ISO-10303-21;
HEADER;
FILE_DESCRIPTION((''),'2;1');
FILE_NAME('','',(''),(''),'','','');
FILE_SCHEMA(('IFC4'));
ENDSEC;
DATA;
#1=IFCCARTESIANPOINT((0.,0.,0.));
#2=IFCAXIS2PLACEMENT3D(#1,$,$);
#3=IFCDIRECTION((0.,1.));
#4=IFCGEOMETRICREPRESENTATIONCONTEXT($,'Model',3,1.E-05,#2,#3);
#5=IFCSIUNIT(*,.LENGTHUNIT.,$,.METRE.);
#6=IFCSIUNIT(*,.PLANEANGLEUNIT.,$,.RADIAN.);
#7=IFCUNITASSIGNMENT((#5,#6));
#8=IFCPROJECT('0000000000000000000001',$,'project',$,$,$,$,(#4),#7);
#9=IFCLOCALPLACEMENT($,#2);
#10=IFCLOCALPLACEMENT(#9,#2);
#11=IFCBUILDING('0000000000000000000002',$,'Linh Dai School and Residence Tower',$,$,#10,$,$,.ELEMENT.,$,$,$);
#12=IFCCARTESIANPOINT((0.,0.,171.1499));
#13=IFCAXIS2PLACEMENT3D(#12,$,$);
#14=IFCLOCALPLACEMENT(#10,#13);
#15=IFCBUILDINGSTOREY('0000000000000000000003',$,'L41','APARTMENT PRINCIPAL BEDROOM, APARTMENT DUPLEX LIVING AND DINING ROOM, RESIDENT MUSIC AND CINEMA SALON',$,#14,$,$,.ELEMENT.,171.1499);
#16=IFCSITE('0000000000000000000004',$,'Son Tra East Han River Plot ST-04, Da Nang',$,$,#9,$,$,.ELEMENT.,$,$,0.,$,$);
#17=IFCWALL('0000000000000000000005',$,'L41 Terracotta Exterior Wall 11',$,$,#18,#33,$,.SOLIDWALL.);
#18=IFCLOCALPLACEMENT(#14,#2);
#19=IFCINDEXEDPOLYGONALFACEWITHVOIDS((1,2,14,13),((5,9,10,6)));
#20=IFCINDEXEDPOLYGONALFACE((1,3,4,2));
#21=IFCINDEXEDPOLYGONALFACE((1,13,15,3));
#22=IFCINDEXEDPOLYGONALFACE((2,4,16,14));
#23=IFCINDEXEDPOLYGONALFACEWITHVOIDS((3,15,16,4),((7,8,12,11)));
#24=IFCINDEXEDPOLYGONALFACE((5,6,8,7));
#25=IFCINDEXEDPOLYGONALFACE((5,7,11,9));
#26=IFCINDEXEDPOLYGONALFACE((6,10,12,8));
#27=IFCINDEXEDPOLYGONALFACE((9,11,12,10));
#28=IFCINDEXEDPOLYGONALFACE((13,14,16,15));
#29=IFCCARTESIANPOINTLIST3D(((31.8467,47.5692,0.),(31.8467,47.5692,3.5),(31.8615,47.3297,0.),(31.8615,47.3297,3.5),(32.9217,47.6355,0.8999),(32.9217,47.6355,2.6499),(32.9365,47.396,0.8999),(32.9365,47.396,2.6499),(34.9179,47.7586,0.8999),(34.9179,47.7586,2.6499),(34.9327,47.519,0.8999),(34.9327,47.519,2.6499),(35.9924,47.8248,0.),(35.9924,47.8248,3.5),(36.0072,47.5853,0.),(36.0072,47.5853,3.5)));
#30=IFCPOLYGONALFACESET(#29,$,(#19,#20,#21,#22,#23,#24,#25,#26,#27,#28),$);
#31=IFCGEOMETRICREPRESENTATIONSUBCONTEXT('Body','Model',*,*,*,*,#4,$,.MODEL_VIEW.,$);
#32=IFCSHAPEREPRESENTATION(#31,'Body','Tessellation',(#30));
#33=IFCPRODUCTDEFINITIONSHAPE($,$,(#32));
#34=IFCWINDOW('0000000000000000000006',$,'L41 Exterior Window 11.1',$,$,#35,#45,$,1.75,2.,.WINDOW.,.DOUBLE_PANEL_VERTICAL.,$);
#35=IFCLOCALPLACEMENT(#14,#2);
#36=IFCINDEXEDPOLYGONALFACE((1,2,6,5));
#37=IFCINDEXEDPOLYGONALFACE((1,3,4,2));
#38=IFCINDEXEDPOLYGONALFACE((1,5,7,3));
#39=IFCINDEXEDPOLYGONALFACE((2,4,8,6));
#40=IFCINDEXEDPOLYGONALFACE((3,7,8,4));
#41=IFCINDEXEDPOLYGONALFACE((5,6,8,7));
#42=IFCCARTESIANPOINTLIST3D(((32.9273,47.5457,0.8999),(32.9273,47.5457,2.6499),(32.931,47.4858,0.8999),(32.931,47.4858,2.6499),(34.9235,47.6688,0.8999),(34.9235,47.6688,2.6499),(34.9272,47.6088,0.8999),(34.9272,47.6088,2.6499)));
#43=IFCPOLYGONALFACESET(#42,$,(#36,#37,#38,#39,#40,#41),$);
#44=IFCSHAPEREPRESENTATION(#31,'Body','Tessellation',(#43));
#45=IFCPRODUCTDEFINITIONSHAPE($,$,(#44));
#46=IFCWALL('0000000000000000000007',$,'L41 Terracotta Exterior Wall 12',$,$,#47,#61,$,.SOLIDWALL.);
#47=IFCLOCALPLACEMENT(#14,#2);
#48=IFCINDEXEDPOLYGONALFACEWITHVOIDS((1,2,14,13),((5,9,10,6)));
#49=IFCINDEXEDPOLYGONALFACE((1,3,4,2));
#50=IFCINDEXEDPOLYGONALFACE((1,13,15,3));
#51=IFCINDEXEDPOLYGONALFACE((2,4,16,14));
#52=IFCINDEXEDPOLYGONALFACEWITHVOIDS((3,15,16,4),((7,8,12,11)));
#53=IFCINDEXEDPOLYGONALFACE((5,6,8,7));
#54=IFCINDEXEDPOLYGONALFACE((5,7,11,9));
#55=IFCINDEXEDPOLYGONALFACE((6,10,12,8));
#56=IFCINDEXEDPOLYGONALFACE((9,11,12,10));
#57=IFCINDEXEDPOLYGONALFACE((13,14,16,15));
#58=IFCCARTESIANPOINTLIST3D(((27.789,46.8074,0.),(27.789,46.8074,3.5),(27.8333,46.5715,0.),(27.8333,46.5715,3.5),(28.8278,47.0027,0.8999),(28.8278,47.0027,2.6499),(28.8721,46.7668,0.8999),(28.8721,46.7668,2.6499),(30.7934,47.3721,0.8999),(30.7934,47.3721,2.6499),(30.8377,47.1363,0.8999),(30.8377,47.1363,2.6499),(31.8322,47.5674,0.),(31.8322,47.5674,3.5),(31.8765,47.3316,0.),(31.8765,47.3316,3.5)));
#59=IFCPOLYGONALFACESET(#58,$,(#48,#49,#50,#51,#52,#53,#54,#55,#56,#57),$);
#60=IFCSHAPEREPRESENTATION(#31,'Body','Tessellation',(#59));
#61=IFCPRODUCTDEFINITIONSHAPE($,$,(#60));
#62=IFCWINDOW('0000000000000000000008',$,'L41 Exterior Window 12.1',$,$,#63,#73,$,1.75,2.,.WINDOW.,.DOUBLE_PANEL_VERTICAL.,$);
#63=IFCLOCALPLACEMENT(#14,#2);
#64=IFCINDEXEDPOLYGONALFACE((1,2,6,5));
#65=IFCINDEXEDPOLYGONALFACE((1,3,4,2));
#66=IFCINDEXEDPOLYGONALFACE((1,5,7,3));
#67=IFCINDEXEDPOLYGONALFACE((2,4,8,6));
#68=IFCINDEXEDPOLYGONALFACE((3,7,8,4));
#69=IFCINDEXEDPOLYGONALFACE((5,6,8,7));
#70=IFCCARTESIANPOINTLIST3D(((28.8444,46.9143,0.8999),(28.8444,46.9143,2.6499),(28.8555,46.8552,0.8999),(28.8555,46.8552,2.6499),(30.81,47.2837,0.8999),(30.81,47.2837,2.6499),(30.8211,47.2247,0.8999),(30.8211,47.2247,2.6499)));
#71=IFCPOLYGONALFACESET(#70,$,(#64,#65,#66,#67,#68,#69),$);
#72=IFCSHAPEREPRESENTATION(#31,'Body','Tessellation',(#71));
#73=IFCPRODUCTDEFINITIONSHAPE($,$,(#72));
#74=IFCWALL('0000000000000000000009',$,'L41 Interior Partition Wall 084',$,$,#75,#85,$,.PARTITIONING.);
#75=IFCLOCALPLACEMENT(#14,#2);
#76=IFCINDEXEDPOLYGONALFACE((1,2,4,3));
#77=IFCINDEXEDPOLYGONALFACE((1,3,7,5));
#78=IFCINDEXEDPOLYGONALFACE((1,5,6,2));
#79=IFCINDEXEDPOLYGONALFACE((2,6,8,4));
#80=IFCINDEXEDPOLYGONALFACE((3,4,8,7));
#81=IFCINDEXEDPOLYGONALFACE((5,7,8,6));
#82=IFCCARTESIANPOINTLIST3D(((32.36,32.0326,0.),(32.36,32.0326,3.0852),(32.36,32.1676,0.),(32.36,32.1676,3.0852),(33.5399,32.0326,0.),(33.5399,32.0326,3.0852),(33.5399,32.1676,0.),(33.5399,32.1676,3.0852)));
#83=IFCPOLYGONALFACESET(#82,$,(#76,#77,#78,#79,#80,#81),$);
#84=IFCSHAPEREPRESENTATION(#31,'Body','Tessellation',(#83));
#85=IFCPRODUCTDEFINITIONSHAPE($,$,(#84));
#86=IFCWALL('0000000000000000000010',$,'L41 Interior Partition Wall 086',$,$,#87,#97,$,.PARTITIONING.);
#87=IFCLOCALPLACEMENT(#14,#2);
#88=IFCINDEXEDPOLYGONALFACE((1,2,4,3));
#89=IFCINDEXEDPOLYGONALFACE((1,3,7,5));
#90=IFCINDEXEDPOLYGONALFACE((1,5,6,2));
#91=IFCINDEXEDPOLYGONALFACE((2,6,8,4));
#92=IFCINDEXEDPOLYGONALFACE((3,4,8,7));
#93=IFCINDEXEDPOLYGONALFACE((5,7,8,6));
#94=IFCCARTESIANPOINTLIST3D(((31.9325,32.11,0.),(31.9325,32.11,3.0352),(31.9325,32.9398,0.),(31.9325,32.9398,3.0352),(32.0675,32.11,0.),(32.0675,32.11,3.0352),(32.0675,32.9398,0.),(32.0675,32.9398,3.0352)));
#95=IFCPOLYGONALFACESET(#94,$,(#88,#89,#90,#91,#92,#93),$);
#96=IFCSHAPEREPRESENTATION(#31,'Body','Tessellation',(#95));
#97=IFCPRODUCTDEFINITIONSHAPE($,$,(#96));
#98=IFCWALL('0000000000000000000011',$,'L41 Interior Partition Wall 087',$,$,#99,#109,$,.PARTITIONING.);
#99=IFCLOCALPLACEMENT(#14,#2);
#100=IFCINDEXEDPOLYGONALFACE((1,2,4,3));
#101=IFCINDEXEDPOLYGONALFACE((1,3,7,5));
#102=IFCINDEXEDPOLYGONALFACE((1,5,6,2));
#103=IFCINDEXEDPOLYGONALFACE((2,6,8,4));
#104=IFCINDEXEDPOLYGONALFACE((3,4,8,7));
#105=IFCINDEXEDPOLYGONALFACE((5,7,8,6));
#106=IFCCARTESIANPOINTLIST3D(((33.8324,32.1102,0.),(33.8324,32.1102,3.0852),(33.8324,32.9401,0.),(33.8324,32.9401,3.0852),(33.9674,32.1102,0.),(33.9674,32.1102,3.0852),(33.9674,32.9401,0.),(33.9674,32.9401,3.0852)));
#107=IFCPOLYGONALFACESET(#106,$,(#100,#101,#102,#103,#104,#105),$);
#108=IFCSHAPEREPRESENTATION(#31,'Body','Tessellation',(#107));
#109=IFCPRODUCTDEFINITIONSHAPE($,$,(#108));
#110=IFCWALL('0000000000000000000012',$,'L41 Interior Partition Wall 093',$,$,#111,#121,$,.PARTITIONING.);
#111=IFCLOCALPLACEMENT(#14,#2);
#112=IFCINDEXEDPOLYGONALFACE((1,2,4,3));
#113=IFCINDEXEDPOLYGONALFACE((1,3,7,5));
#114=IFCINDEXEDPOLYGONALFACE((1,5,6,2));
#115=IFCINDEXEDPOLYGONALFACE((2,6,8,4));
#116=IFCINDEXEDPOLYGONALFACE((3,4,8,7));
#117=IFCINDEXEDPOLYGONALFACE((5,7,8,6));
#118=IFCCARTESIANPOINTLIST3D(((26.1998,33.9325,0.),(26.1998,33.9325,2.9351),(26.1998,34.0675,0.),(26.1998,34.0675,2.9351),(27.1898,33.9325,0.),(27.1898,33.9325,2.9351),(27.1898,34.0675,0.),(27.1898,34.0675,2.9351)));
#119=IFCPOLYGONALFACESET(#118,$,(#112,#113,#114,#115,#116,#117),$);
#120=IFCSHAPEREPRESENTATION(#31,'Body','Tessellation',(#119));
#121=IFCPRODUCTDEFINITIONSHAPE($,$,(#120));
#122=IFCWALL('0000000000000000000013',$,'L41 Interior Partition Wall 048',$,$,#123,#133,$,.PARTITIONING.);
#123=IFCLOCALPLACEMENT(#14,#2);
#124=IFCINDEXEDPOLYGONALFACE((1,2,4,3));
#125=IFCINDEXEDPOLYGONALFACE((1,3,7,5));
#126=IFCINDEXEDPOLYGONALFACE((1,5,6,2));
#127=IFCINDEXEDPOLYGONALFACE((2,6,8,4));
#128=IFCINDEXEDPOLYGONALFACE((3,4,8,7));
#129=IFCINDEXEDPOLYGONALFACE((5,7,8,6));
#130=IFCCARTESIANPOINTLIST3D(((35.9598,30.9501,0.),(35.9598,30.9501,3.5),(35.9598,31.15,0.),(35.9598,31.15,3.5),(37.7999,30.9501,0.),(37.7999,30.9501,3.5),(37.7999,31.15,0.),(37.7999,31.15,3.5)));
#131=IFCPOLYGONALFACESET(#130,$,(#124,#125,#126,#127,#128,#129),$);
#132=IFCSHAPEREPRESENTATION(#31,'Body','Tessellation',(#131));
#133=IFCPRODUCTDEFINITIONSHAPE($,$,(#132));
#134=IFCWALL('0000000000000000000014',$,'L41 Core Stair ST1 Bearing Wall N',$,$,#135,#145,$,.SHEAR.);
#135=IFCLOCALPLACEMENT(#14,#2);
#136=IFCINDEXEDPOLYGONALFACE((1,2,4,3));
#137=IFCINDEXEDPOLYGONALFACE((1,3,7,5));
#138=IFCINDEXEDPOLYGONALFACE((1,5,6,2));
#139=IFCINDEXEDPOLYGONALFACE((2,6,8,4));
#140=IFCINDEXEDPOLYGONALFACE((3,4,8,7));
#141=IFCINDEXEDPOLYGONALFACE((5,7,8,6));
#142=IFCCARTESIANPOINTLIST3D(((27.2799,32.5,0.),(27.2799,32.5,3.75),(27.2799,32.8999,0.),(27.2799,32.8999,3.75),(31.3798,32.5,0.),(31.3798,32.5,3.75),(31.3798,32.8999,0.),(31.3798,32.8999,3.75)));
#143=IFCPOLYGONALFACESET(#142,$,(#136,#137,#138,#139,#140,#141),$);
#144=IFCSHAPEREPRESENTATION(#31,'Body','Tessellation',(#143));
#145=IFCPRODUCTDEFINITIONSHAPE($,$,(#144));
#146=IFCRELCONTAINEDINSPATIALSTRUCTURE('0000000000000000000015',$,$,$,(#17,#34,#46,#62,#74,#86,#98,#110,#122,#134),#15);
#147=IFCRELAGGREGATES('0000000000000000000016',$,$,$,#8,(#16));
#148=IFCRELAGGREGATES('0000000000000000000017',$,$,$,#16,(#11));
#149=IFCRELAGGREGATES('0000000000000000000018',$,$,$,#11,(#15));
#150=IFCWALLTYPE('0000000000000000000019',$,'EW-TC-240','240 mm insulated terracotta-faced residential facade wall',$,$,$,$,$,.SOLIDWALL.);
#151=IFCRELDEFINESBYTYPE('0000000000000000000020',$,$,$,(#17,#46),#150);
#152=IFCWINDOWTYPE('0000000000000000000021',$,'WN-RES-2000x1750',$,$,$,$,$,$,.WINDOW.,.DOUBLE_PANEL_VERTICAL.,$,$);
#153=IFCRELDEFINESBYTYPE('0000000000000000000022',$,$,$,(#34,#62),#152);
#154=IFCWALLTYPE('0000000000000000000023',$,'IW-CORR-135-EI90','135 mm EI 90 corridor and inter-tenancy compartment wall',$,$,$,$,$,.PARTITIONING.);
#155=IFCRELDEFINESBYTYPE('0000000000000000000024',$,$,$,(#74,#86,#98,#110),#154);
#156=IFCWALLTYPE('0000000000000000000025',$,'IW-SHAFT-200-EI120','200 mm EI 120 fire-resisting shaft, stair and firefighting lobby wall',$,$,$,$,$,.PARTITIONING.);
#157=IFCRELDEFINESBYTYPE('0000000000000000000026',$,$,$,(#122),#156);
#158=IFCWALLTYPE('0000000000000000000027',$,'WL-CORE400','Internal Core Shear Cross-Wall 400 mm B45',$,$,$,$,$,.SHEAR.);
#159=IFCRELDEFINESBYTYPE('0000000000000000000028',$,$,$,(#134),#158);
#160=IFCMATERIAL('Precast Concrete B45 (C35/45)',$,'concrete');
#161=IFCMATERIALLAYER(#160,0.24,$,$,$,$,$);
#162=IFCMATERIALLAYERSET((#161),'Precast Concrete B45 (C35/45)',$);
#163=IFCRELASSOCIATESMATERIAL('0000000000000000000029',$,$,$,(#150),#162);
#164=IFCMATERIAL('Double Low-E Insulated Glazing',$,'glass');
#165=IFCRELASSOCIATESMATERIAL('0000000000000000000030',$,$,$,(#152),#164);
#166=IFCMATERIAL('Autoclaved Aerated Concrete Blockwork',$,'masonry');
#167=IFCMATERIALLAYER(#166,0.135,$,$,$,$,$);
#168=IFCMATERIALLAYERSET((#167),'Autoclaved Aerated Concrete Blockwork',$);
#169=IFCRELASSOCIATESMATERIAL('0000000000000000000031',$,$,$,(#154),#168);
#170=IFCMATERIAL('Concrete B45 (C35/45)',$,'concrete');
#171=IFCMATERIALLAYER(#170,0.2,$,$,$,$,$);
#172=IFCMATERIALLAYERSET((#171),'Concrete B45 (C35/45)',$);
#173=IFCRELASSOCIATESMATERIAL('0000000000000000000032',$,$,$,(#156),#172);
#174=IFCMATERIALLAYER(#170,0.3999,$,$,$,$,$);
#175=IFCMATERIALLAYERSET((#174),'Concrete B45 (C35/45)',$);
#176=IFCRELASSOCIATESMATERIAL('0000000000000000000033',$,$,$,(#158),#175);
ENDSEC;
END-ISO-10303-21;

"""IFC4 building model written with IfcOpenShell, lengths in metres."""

from ifc_helpers import new_model, si_unit, direction, frame, frame_2d, origin, origin_2d, place, context, subcontext, project, spatial, rectangle, extrude, source, transform, mapped, material, layer, layer_set, type_object, element, fill, save


model = new_model("IFC4")

# Units and contexts
model_context = context("Model", 3, precision=1e-05, world=origin(), true_north=direction((0.0, 1.0)))
body_context = subcontext(model_context, "Body", "Model", "MODEL_VIEW")
ifc_project = project(units=[si_unit("LENGTHUNIT", "METRE"), si_unit("PLANEANGLEUNIT", "RADIAN")], contexts=[model_context])

# Site, building, storey
site_placement = place(None, origin())
site = spatial("IfcSite", under=ifc_project, at=site_placement, Name="Son Tra East Han River Plot ST-04, Da Nang", CompositionType="ELEMENT", RefElevation=0.0)
building_placement = place(site_placement, origin())
building = spatial("IfcBuilding", under=site, at=building_placement, Name="Linh Dai School and Residence Tower", CompositionType="ELEMENT")
storey_placement = place(building_placement, frame((0.0, 0.0, 171.1499)))
storey = spatial("IfcBuildingStorey", under=building, at=storey_placement, Name="L41", Description="APARTMENT PRINCIPAL BEDROOM, APARTMENT DUPLEX LIVING AND DINING ROOM, RESIDENT MUSIC AND CINEMA SALON", CompositionType="ELEMENT", Elevation=171.1499)

# Walls, openings, windows
ifc_material_1 = material(Name="Precast Concrete B45 (C35/45)", Category="concrete")
ifc_layer_1 = layer(ifc_material_1, 0.24)
ifc_layer_set_1 = layer_set([ifc_layer_1], Name="Precast Concrete B45 (C35/45)")
wall_type_1 = type_object("IfcWallType", Name="EW-TC-240", Description="240 mm insulated terracotta-faced residential facade wall", PredefinedType="SOLIDWALL", material=ifc_layer_set_1)
wall_1_placement = place(storey_placement, frame((31.8542, 47.4495, 0.0), z_axis=(0.0, 0.0, 1.0), x_axis=(0.998105, 0.06154, 0.0)))
wall_1 = element("IfcWall", 1, at=wall_1_placement, inside=storey, type_object=wall_type_1, Name="L41 Terracotta Exterior Wall 11", PredefinedType="SOLIDWALL", context=body_context, shape_type="SweptSolid", body=[
    extrude(rectangle(XDim=4.1536, YDim=0.24, at=frame_2d((2.0767, 0.0))), origin(), (0.0, 0.0, 1.0), 3.5),
])
opening_1_placement = place(wall_1_placement, frame((1.0769, 0.0, 0.8999)))
opening_1 = element("IfcOpeningElement", 2, at=opening_1_placement, cuts=wall_1, PredefinedType="OPENING", context=body_context, shape_type="SweptSolid", body=[
    extrude(rectangle(XDim=2.0, YDim=1.75, at=origin_2d()), frame((1.0, 0.1299, 0.875), z_axis=(0.0, -1.0, 0.0), x_axis=(1.0, 0.0, 0.0)), (0.0, 0.0, 1.0), 0.26),
])
ifc_material_2 = material(Name="Double Low-E Insulated Glazing", Category="glass")
window_type = type_object("IfcWindowType", Name="WN-RES-2000x1750", PartitioningType="DOUBLE_PANEL_VERTICAL", PredefinedType="WINDOW", material=ifc_material_2)
shared_shape_1 = source(origin(), body_context, "Body", "SweptSolid", [
    extrude(rectangle(XDim=2.0, YDim=1.75, at=origin_2d()), frame((1.0, 0.03, 0.875), z_axis=(0.0, -1.0, 0.0), x_axis=(1.0, 0.0, 0.0)), (0.0, 0.0, 1.0), 0.0601),
])
window_1_placement = place(opening_1_placement, origin())
window_1 = element("IfcWindow", 3, at=window_1_placement, inside=storey, type_object=window_type, Name="L41 Exterior Window 11.1", OverallHeight=1.75, OverallWidth=2.0, PartitioningType="DOUBLE_PANEL_VERTICAL", PredefinedType="WINDOW", context=body_context, shape_type="MappedRepresentation", body=[
    mapped(shared_shape_1, transform((0.0, 0.0, 0.0), x_axis=(1.0, 0.0, 0.0), y_axis=(0.0, 1.0, 0.0), z_axis=(0.0, 0.0, 1.0), scale=1.0)),
])
fill(opening_1, window_1)
wall_2_placement = place(storey_placement, frame((27.811, 46.6895, 0.0), z_axis=(0.0, 0.0, 1.0), x_axis=(0.982788, 0.184736, 0.0)))
wall_2 = element("IfcWall", 4, at=wall_2_placement, inside=storey, type_object=wall_type_1, Name="L41 Terracotta Exterior Wall 12", PredefinedType="SOLIDWALL", context=body_context, shape_type="SweptSolid", body=[
    extrude(rectangle(XDim=4.114, YDim=0.24, at=frame_2d((2.0571, 0.0))), origin(), (0.0, 0.0, 1.0), 3.5),
])
opening_2_placement = place(wall_2_placement, frame((1.0571, 0.0, 0.8999)))
opening_2 = element("IfcOpeningElement", 5, at=opening_2_placement, cuts=wall_2, PredefinedType="OPENING", context=body_context, shape_type="SweptSolid", body=[
    extrude(rectangle(XDim=2.0, YDim=1.75, at=origin_2d()), frame((1.0, 0.1299, 0.875), z_axis=(0.0, -1.0, 0.0), x_axis=(1.0, 0.0, 0.0)), (0.0, 0.0, 1.0), 0.26),
])
window_2_placement = place(opening_2_placement, origin())
window_2 = element("IfcWindow", 6, at=window_2_placement, inside=storey, type_object=window_type, Name="L41 Exterior Window 12.1", OverallHeight=1.75, OverallWidth=2.0, PartitioningType="DOUBLE_PANEL_VERTICAL", PredefinedType="WINDOW", context=body_context, shape_type="MappedRepresentation", body=[
    mapped(shared_shape_1, transform((0.0, 0.0, 0.0), x_axis=(1.0, 0.0, 0.0), y_axis=(0.0, 1.0, 0.0), z_axis=(0.0, 0.0, 1.0), scale=1.0)),
])
fill(opening_2, window_2)

# Walls
ifc_material_3 = material(Name="Autoclaved Aerated Concrete Blockwork", Category="masonry")
ifc_layer_2 = layer(ifc_material_3, 0.135)
ifc_layer_set_2 = layer_set([ifc_layer_2], Name="Autoclaved Aerated Concrete Blockwork")
wall_type_2 = type_object("IfcWallType", Name="IW-CORR-135-EI90", Description="135 mm EI 90 corridor and inter-tenancy compartment wall", PredefinedType="PARTITIONING", material=ifc_layer_set_2)
wall_3_placement = place(storey_placement, frame((32.3601, 32.1001, 0.0), z_axis=(0.0, 0.0, 1.0), x_axis=(1.0, 0.0, 0.0)))
element("IfcWall", 7, at=wall_3_placement, inside=storey, type_object=wall_type_2, Name="L41 Interior Partition Wall 084", PredefinedType="PARTITIONING", context=body_context, shape_type="SweptSolid", body=[
    extrude(rectangle(XDim=1.1799, YDim=0.135, at=frame_2d((0.5898, 0.0))), origin(), (0.0, 0.0, 1.0), 3.0852),
])
wall_4_placement = place(storey_placement, frame((32.0, 32.9399, 0.0), z_axis=(0.0, 0.0, 1.0), x_axis=(0.0, -1.0, 0.0)))
element("IfcWall", 8, at=wall_4_placement, inside=storey, type_object=wall_type_2, Name="L41 Interior Partition Wall 086", PredefinedType="PARTITIONING", context=body_context, shape_type="SweptSolid", body=[
    extrude(rectangle(XDim=0.8298, YDim=0.135, at=frame_2d((0.415, 0.0))), origin(), (0.0, 0.0, 1.0), 3.0352),
])
wall_5_placement = place(storey_placement, frame((33.8999, 32.1101, 0.0), z_axis=(0.0, 0.0, 1.0), x_axis=(0.0, 1.0, 0.0)))
element("IfcWall", 9, at=wall_5_placement, inside=storey, type_object=wall_type_2, Name="L41 Interior Partition Wall 087", PredefinedType="PARTITIONING", context=body_context, shape_type="SweptSolid", body=[
    extrude(rectangle(XDim=0.8298, YDim=0.135, at=frame_2d((0.415, 0.0))), origin(), (0.0, 0.0, 1.0), 3.0852),
])
wall_6_placement = place(storey_placement, frame((27.1899, 34.0, 0.0), z_axis=(0.0, 0.0, 1.0), x_axis=(-1.0, 0.0, 0.0)))
element("IfcWall", 10, at=wall_6_placement, inside=storey, type_object=wall_type_2, Name="L41 Interior Partition Wall 093", PredefinedType="PARTITIONING", context=body_context, shape_type="SweptSolid", body=[
    extrude(rectangle(XDim=0.99, YDim=0.135, at=frame_2d((0.4951, 0.0))), origin(), (0.0, 0.0, 1.0), 2.9351),
])
ifc_material_4 = material(Name="Concrete B45 (C35/45)", Category="concrete")
ifc_layer_3 = layer(ifc_material_4, 0.2)
ifc_layer_set_3 = layer_set([ifc_layer_3], Name="Concrete B45 (C35/45)")
wall_type_3 = type_object("IfcWallType", Name="IW-SHAFT-200-EI120", Description="200 mm EI 120 fire-resisting shaft, stair and firefighting lobby wall", PredefinedType="PARTITIONING", material=ifc_layer_set_3)
wall_7_placement = place(storey_placement, frame((35.96, 31.05, 0.0), z_axis=(0.0, 0.0, 1.0), x_axis=(1.0, 0.0, 0.0)))
element("IfcWall", 11, at=wall_7_placement, inside=storey, type_object=wall_type_3, Name="L41 Interior Partition Wall 048", PredefinedType="PARTITIONING", context=body_context, shape_type="SweptSolid", body=[
    extrude(rectangle(XDim=1.8401, YDim=0.2, at=frame_2d((0.9199, 0.0))), origin(), (0.0, 0.0, 1.0), 3.5),
])
ifc_layer_4 = layer(ifc_material_4, 0.3999)
ifc_layer_set_4 = layer_set([ifc_layer_4], Name="Concrete B45 (C35/45)")
wall_type_4 = type_object("IfcWallType", Name="WL-CORE400", Description="Internal Core Shear Cross-Wall 400 mm B45", PredefinedType="SHEAR", material=ifc_layer_set_4)
wall_8_placement = place(storey_placement, frame((27.28, 32.7, 0.0), z_axis=(0.0, 0.0, 1.0), x_axis=(1.0, 0.0, 0.0)))
element("IfcWall", 12, at=wall_8_placement, inside=storey, type_object=wall_type_4, Name="L41 Core Stair ST1 Bearing Wall N", PredefinedType="SHEAR", context=body_context, shape_type="SweptSolid", body=[
    extrude(rectangle(XDim=4.0999, YDim=0.3999, at=frame_2d((2.0498, 0.0))), origin(), (0.0, 0.0, 1.0), 3.75),
])

save(model, "model.ifc")
